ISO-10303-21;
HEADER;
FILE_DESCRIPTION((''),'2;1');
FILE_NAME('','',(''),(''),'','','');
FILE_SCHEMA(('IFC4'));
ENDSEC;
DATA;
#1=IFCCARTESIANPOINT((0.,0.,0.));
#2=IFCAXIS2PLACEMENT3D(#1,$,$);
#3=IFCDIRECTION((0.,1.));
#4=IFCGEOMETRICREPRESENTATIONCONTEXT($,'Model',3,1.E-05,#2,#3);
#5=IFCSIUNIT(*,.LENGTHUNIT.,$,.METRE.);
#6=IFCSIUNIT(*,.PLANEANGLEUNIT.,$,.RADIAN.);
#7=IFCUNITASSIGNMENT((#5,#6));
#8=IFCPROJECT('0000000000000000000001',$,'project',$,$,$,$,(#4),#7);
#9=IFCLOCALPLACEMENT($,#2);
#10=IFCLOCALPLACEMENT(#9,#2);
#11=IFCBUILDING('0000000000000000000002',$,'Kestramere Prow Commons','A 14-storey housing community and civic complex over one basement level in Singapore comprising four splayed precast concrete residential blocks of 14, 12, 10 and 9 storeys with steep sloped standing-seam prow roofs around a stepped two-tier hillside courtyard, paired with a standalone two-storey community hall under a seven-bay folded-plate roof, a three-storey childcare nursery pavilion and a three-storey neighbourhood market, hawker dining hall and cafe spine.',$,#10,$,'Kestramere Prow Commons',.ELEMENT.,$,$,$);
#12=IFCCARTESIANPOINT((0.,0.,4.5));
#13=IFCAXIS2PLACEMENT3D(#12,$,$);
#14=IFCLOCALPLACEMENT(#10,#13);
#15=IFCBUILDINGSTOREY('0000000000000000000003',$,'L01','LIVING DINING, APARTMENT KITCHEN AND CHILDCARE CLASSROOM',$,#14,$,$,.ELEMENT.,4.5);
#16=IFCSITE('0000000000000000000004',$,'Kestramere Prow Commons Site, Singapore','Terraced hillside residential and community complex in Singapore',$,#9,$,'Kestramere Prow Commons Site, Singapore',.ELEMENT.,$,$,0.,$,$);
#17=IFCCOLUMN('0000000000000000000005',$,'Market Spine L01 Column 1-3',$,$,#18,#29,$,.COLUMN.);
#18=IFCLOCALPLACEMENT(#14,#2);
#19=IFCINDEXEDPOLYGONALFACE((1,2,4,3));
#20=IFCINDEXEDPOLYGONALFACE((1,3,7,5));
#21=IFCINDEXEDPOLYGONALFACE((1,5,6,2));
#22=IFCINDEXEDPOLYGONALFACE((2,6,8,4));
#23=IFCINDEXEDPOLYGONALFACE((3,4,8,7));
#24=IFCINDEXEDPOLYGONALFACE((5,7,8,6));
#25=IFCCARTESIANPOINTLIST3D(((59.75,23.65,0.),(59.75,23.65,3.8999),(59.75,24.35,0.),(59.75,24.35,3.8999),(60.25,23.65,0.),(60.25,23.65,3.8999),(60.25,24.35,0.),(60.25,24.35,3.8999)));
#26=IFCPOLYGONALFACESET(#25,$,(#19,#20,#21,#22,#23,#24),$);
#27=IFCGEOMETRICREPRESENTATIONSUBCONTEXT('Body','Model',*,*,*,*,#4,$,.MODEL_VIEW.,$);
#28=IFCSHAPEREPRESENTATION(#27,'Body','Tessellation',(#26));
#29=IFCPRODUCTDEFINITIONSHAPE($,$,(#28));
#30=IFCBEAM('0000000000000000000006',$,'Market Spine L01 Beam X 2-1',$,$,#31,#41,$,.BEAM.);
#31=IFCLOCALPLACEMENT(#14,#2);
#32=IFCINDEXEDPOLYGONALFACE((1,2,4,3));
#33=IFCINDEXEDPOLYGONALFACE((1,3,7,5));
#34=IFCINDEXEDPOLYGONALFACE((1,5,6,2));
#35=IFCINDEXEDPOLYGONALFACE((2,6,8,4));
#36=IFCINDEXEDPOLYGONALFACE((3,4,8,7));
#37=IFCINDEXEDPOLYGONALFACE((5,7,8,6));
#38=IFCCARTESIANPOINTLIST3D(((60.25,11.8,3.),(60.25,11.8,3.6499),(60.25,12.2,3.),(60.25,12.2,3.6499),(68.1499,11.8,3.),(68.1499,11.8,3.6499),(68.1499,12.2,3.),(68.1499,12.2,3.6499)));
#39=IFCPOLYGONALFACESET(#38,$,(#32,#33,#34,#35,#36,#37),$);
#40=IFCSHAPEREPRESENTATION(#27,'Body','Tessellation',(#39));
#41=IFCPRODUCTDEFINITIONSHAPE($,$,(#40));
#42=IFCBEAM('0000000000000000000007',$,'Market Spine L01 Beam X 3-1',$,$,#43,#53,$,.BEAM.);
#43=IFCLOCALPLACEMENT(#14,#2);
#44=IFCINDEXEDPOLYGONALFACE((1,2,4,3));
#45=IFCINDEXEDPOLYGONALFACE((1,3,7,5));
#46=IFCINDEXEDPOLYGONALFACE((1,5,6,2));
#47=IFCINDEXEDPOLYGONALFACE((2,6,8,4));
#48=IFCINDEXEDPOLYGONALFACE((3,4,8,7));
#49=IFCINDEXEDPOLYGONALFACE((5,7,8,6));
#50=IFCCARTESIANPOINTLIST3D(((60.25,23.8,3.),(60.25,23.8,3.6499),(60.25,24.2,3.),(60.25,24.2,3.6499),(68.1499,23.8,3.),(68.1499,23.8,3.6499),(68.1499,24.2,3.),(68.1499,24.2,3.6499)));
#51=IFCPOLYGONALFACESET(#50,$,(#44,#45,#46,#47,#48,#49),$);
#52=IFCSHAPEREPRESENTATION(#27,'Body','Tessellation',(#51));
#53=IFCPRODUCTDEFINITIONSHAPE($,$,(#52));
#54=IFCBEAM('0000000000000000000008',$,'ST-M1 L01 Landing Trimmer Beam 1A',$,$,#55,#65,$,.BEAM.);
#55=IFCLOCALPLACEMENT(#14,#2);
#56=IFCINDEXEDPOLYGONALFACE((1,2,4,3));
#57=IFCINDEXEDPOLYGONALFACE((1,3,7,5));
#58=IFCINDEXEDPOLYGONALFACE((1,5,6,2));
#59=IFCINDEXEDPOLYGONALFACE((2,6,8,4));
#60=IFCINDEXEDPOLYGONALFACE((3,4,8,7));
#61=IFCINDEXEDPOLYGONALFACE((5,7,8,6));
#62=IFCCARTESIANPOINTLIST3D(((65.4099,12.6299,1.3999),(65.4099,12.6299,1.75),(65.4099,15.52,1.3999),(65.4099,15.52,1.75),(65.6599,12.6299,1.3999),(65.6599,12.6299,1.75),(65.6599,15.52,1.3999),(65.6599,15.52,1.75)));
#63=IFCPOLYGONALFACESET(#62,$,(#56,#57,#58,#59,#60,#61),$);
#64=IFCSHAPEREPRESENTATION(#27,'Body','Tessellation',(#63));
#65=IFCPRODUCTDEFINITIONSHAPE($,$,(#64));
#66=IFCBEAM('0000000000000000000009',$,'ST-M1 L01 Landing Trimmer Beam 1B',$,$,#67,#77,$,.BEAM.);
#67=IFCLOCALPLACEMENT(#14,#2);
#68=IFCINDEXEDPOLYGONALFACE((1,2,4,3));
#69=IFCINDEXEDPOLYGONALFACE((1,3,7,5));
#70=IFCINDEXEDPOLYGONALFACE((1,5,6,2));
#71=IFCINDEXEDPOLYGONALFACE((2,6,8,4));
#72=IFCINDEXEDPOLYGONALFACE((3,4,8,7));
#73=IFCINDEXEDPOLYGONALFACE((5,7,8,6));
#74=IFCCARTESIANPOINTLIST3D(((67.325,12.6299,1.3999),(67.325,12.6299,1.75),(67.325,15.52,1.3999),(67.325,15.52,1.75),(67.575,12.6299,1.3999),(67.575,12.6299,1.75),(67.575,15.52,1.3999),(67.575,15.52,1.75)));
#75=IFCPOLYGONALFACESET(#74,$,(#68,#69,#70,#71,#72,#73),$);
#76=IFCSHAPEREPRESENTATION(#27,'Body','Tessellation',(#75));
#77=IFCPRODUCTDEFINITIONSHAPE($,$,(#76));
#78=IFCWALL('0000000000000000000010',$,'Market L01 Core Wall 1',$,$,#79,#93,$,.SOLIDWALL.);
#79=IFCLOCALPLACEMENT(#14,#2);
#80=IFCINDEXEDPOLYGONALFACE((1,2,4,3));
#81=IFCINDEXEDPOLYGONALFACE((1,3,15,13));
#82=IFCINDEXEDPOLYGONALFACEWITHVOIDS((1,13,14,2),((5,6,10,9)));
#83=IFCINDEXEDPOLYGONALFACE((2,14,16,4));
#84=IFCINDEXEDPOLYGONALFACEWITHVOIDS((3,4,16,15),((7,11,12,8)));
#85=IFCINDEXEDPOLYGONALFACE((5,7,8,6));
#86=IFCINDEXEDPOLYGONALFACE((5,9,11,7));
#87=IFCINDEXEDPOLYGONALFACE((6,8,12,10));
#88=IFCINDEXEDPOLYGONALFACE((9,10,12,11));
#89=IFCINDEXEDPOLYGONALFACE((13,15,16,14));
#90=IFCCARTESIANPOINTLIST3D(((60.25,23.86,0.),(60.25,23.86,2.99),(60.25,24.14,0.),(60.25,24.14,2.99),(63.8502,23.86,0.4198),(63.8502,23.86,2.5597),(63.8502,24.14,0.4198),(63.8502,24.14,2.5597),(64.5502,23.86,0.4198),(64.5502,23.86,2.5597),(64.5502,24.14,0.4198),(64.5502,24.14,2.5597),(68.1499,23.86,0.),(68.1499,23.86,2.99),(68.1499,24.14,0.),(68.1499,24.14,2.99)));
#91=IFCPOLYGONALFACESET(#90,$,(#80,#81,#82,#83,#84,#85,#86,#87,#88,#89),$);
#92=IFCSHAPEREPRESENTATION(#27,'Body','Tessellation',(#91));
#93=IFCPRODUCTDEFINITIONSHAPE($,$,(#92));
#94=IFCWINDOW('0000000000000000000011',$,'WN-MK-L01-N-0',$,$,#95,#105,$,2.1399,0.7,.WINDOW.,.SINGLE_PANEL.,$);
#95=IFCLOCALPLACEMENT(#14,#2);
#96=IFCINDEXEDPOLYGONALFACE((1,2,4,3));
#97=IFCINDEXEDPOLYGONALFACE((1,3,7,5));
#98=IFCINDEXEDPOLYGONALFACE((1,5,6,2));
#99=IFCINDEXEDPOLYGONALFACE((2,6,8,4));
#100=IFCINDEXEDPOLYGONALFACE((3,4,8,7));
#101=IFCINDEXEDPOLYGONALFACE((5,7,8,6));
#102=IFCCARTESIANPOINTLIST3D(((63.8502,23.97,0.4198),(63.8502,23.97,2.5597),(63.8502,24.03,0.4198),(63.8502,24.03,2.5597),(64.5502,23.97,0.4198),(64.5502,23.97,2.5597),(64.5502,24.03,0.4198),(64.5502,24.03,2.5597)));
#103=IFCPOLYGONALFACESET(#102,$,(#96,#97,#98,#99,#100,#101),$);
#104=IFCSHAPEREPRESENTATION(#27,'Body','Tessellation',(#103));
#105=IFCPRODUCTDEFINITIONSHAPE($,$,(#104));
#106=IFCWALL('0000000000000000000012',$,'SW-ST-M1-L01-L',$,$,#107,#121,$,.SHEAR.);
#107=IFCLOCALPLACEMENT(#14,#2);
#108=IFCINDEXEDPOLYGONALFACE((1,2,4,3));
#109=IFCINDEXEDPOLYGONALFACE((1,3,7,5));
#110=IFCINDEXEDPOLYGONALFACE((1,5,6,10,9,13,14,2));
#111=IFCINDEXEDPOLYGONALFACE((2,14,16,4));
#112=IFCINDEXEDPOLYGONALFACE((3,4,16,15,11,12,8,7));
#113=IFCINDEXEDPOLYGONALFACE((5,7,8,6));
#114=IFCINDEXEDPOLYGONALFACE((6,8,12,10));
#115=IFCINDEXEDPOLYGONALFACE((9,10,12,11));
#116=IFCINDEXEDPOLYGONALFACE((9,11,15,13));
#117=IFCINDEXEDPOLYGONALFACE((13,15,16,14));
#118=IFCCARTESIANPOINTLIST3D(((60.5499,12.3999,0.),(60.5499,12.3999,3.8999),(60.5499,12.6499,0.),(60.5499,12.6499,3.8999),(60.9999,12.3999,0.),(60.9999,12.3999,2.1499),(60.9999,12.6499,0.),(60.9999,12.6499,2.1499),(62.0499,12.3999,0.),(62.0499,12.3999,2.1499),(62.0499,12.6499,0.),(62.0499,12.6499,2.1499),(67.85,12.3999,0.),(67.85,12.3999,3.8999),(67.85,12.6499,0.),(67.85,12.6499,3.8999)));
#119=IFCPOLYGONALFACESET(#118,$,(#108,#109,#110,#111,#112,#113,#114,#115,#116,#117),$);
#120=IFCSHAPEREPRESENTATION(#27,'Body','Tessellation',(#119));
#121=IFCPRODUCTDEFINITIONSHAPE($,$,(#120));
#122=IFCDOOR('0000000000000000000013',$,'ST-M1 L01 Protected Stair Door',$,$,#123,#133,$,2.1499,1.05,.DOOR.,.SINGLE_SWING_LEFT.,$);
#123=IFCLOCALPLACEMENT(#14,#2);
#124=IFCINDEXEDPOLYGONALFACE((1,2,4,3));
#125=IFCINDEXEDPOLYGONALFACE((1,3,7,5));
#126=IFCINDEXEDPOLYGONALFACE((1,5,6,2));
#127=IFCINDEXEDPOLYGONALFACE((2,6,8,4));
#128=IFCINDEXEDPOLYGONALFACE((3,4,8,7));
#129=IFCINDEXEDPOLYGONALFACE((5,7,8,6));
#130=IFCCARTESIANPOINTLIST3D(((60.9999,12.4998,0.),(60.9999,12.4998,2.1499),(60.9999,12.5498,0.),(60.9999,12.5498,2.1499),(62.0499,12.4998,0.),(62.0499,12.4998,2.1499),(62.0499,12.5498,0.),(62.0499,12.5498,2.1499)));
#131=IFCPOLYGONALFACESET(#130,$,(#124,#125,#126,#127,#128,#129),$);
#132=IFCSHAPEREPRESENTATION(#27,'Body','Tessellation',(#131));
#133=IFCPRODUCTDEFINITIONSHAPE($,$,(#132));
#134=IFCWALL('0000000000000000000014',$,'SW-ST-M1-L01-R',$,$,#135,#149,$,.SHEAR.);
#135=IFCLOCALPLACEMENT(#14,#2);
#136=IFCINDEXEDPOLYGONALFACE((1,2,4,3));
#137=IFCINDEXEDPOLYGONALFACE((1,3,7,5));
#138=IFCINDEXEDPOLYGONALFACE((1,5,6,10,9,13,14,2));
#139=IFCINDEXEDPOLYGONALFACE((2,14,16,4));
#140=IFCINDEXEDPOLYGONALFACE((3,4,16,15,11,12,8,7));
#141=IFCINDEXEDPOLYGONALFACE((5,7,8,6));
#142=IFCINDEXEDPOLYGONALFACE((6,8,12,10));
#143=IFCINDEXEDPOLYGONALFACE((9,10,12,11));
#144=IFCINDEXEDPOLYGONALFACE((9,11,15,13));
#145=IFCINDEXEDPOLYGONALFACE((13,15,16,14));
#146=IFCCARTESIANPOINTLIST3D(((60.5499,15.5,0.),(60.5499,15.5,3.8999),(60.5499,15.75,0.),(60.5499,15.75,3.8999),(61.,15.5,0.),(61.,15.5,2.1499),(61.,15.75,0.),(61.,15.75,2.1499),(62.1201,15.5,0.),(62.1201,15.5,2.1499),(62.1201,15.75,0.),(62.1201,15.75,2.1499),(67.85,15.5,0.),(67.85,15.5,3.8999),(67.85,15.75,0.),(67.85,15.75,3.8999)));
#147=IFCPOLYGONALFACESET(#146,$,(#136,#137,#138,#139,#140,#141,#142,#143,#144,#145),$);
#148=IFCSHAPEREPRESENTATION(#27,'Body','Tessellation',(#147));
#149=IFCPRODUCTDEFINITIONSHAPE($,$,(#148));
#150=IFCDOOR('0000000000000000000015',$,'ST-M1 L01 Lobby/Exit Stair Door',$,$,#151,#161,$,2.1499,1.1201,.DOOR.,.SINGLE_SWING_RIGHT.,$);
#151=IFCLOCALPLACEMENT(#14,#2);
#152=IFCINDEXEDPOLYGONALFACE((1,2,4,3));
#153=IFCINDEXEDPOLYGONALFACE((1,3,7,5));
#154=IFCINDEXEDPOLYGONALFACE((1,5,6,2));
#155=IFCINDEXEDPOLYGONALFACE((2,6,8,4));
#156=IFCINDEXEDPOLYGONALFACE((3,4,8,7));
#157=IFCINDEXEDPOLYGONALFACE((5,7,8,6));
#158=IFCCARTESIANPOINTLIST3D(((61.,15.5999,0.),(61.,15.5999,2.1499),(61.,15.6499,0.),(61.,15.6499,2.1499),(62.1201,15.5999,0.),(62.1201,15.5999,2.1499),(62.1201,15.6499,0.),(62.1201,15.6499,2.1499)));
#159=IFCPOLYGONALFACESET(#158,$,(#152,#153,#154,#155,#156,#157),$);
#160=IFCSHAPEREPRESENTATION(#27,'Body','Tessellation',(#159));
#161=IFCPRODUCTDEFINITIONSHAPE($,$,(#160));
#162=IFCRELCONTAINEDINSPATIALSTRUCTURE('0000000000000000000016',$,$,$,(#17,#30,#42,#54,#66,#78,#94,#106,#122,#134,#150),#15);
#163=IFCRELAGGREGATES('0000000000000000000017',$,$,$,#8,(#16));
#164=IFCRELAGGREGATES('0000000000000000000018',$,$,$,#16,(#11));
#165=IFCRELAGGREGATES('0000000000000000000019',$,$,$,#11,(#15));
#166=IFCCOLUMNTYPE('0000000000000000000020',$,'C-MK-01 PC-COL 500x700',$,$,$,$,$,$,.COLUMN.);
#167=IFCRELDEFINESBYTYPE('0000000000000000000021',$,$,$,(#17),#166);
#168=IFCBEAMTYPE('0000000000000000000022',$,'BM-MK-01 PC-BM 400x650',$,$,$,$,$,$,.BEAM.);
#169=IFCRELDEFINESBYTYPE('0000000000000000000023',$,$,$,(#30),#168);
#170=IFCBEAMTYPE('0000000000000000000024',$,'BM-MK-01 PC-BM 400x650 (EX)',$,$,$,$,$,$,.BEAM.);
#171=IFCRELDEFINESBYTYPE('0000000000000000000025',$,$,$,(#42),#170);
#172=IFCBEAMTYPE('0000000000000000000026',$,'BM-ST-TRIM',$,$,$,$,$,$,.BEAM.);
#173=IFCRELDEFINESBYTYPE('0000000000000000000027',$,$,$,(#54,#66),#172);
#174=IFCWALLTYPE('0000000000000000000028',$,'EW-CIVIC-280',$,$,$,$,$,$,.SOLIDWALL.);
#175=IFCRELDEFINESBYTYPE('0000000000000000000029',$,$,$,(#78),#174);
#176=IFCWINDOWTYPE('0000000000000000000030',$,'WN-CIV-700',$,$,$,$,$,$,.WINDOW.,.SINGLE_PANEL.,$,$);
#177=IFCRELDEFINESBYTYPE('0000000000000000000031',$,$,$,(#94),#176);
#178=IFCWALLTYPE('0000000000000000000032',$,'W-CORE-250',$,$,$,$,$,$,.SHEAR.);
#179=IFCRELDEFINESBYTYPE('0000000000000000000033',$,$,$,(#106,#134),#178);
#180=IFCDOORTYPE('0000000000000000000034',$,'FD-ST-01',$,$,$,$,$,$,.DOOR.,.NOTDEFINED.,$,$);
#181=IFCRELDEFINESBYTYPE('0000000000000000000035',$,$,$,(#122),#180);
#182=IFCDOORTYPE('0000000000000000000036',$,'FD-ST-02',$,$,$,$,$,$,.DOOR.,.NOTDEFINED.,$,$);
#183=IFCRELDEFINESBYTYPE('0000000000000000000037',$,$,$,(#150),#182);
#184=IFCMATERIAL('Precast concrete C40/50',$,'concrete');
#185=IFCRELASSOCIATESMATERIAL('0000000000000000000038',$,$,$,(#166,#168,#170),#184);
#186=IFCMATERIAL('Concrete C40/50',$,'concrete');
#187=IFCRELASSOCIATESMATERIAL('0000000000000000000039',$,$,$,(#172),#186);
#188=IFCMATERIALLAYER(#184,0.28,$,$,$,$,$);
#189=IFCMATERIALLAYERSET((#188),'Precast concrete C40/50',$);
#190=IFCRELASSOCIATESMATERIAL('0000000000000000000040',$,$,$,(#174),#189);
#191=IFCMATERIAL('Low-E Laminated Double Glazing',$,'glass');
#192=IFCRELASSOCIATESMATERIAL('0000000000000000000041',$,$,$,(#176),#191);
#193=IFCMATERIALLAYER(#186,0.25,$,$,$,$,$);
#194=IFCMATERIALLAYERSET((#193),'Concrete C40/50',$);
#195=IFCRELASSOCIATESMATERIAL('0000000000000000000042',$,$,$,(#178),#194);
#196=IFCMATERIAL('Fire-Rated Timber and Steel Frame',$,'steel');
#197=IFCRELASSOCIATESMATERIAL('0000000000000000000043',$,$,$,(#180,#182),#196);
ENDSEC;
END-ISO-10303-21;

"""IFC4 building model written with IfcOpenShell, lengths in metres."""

from ifc_helpers import new_model, si_unit, direction, frame, frame_2d, origin, origin_2d, place, context, subcontext, project, spatial, rectangle, extrude, material, layer, layer_set, material_profile, profile_set, type_object, element, fill, save


model = new_model("IFC4")

# Units and contexts
model_context = context("Model", 3, precision=1e-05, world=origin(), true_north=direction((0.0, 1.0)))
body_context = subcontext(model_context, "Body", "Model", "MODEL_VIEW")
ifc_project = project(units=[si_unit("LENGTHUNIT", "METRE"), si_unit("PLANEANGLEUNIT", "RADIAN")], contexts=[model_context])

# Site, building, storey
site_placement = place(None, origin())
site = spatial("IfcSite", under=ifc_project, at=site_placement, Name="Kestramere Prow Commons Site, Singapore", Description="Terraced hillside residential and community complex in Singapore", LongName="Kestramere Prow Commons Site, Singapore", CompositionType="ELEMENT", RefElevation=0.0)
building_placement = place(site_placement, origin())
building = spatial("IfcBuilding", under=site, at=building_placement, Name="Kestramere Prow Commons", Description="A 14-storey housing community and civic complex over one basement level in Singapore comprising four splayed precast concrete residential blocks of 14, 12, 10 and 9 storeys with steep sloped standing-seam prow roofs around a stepped two-tier hillside courtyard, paired with a standalone two-storey community hall under a seven-bay folded-plate roof, a three-storey childcare nursery pavilion and a three-storey neighbourhood market, hawker dining hall and cafe spine.", LongName="Kestramere Prow Commons", CompositionType="ELEMENT")
storey_placement = place(building_placement, frame((0.0, 0.0, 4.5)))
storey = spatial("IfcBuildingStorey", under=building, at=storey_placement, Name="L01", Description="LIVING DINING, APARTMENT KITCHEN AND CHILDCARE CLASSROOM", CompositionType="ELEMENT", Elevation=4.5)

# Column
ifc_material_1 = material(Name="Precast concrete C40/50", Category="concrete")
ifc_material_profile_1 = material_profile(ifc_material_1, rectangle(XDim=0.5, YDim=0.7, at=origin_2d()), Name="PC-COL 500x700")
ifc_profile_set_1 = profile_set([ifc_material_profile_1], Name="Precast concrete C40/50")
column_type = type_object("IfcColumnType", Name="C-MK-01 PC-COL 500x700", PredefinedType="COLUMN", material=ifc_profile_set_1)
column_placement = place(storey_placement, frame((60.0, 24.0, 0.0), z_axis=(0.0, 0.0, 1.0), x_axis=(1.0, 0.0, 0.0)))
element("IfcColumn", 1, at=column_placement, inside=storey, type_object=column_type, Name="Market Spine L01 Column 1-3", PredefinedType="COLUMN", context=body_context, shape_type="SweptSolid", body=[
    extrude(rectangle(XDim=0.5, YDim=0.7, at=origin_2d()), origin(), (0.0, 0.0, 1.0), 3.8999),
])

# Beams
ifc_material_profile_2 = material_profile(ifc_material_1, rectangle(XDim=0.3999, YDim=0.6499, at=origin_2d()), Name="PC-BM 400x650")
ifc_profile_set_2 = profile_set([ifc_material_profile_2], Name="Precast concrete C40/50")
beam_type_1 = type_object("IfcBeamType", Name="BM-MK-01 PC-BM 400x650", PredefinedType="BEAM", material=ifc_profile_set_2)
beam_1_placement = place(storey_placement, frame((60.25, 12.0, 3.325), z_axis=(1.0, 0.0, 0.0), x_axis=(0.0, 1.0, 0.0)))
element("IfcBeam", 2, at=beam_1_placement, inside=storey, type_object=beam_type_1, Name="Market Spine L01 Beam X 2-1", PredefinedType="BEAM", context=body_context, shape_type="SweptSolid", body=[
    extrude(rectangle(XDim=0.3999, YDim=0.6499, at=origin_2d()), origin(), (0.0, 0.0, 1.0), 7.8999),
])
ifc_material_profile_3 = material_profile(ifc_material_1, rectangle(XDim=0.3999, YDim=0.6499, at=origin_2d()), Name="PC-BM 400x650")
ifc_profile_set_3 = profile_set([ifc_material_profile_3], Name="Precast concrete C40/50")
beam_type_2 = type_object("IfcBeamType", Name="BM-MK-01 PC-BM 400x650 (EX)", PredefinedType="BEAM", material=ifc_profile_set_3)
beam_2_placement = place(storey_placement, frame((60.25, 24.0, 3.325), z_axis=(1.0, 0.0, 0.0), x_axis=(0.0, 1.0, 0.0)))
element("IfcBeam", 3, at=beam_2_placement, inside=storey, type_object=beam_type_2, Name="Market Spine L01 Beam X 3-1", PredefinedType="BEAM", context=body_context, shape_type="SweptSolid", body=[
    extrude(rectangle(XDim=0.3999, YDim=0.6499, at=origin_2d()), origin(), (0.0, 0.0, 1.0), 7.8999),
])
ifc_material_2 = material(Name="Concrete C40/50", Category="concrete")
ifc_material_profile_4 = material_profile(ifc_material_2, rectangle(XDim=0.25, YDim=0.3501, at=origin_2d()), Name="PC-BM 250x350")
ifc_profile_set_4 = profile_set([ifc_material_profile_4], Name="Concrete C40/50")
beam_type_3 = type_object("IfcBeamType", Name="BM-ST-TRIM", PredefinedType="BEAM", material=ifc_profile_set_4)
for number, where, z_axis, x_axis, name in (
    (4, (65.5349, 12.6299, 1.575), (0.0, 1.0, 0.0), (-1.0, 0.0, 0.0), "ST-M1 L01 Landing Trimmer Beam 1A"),
    (5, (67.45, 12.6299, 1.575), (0.0, 1.0, 0.0), (-1.0, 0.0, 0.0), "ST-M1 L01 Landing Trimmer Beam 1B"),
):
    element("IfcBeam", number, at=place(storey_placement, frame(where, z_axis=z_axis, x_axis=x_axis)), inside=storey, type_object=beam_type_3, Name=name, PredefinedType="BEAM", context=body_context, shape_type="SweptSolid", body=[
        extrude(rectangle(XDim=0.25, YDim=0.3501, at=origin_2d()), origin(), (0.0, 0.0, 1.0), 2.8901),
    ])

# Wall, opening, window
ifc_layer_1 = layer(ifc_material_1, 0.28)
ifc_layer_set_1 = layer_set([ifc_layer_1], Name="Precast concrete C40/50")
wall_type_1 = type_object("IfcWallType", Name="EW-CIVIC-280", PredefinedType="SOLIDWALL", material=ifc_layer_set_1)
wall_1_placement = place(storey_placement, frame((60.25, 24.0, 0.0), z_axis=(0.0, 0.0, 1.0), x_axis=(1.0, 0.0, 0.0)))
wall_1 = element("IfcWall", 6, at=wall_1_placement, inside=storey, type_object=wall_type_1, Name="Market L01 Core Wall 1", PredefinedType="SOLIDWALL", context=body_context, shape_type="SweptSolid", body=[
    extrude(rectangle(XDim=7.8999, YDim=0.28, at=frame_2d((3.95, 0.0))), origin(), (0.0, 0.0, 1.0), 2.99),
])
opening_1_placement = place(wall_1_placement, frame((3.6001, 0.0, 0.4199)))
opening_1 = element("IfcOpeningElement", 7, at=opening_1_placement, cuts=wall_1, PredefinedType="OPENING", context=body_context, shape_type="SweptSolid", body=[
    extrude(rectangle(XDim=0.7, YDim=2.1399, at=frame_2d((0.3501, 1.0698))), frame((0.0, 0.155, 0.0), z_axis=(0.0, -1.0, 0.0), x_axis=(1.0, 0.0, 0.0)), (0.0, 0.0, 1.0), 0.3101),
])
ifc_material_3 = material(Name="Low-E Laminated Double Glazing", Category="glass")
window_type = type_object("IfcWindowType", Name="WN-CIV-700", PartitioningType="SINGLE_PANEL", PredefinedType="WINDOW", material=ifc_material_3)
window_placement = place(opening_1_placement, origin())
window = element("IfcWindow", 8, at=window_placement, inside=storey, type_object=window_type, Name="WN-MK-L01-N-0", OverallHeight=2.1399, OverallWidth=0.7, PartitioningType="SINGLE_PANEL", PredefinedType="WINDOW", context=body_context, shape_type="SweptSolid", body=[
    extrude(rectangle(XDim=0.7, YDim=2.1399, at=frame_2d((0.3501, 1.0698))), frame((0.0, 0.03, 0.0), z_axis=(0.0, -1.0, 0.0), x_axis=(1.0, 0.0, 0.0)), (0.0, 0.0, 1.0), 0.0601),
])
fill(opening_1, window)

# Walls, openings, doors
ifc_layer_2 = layer(ifc_material_2, 0.25)
ifc_layer_set_2 = layer_set([ifc_layer_2], Name="Concrete C40/50")
wall_type_2 = type_object("IfcWallType", Name="W-CORE-250", PredefinedType="SHEAR", material=ifc_layer_set_2)
wall_2_placement = place(storey_placement, frame((60.55, 12.5249, 0.0), z_axis=(0.0, 0.0, 1.0), x_axis=(1.0, 0.0, 0.0)))
wall_2 = element("IfcWall", 9, at=wall_2_placement, inside=storey, type_object=wall_type_2, Name="SW-ST-M1-L01-L", PredefinedType="SHEAR", context=body_context, shape_type="SweptSolid", body=[
    extrude(rectangle(XDim=7.3, YDim=0.25, at=frame_2d((3.6499, 0.0))), origin(), (0.0, 0.0, 1.0), 3.8999),
])
opening_2_placement = place(wall_2_placement, frame((0.45, 0.0, 0.0)))
opening_2 = element("IfcOpeningElement", 10, at=opening_2_placement, cuts=wall_2, PredefinedType="OPENING", context=body_context, shape_type="SweptSolid", body=[
    extrude(rectangle(XDim=1.05, YDim=2.1499, at=frame_2d((0.5249, 1.075))), frame((0.0, 0.1399, 0.0), z_axis=(0.0, -1.0, 0.0), x_axis=(1.0, 0.0, 0.0)), (0.0, 0.0, 1.0), 0.28),
])
ifc_material_4 = material(Name="Fire-Rated Timber and Steel Frame", Category="steel")
door_type_1 = type_object("IfcDoorType", Name="FD-ST-01", OperationType="NOTDEFINED", PredefinedType="DOOR", material=ifc_material_4)
door_1_placement = place(opening_2_placement, origin())
door_1 = element("IfcDoor", 11, at=door_1_placement, inside=storey, type_object=door_type_1, Name="ST-M1 L01 Protected Stair Door", OperationType="SINGLE_SWING_LEFT", OverallHeight=2.1499, OverallWidth=1.05, PredefinedType="DOOR", context=body_context, shape_type="SweptSolid", body=[
    extrude(rectangle(XDim=1.05, YDim=2.1499, at=frame_2d((0.5249, 1.075))), frame((0.0, 0.0249, 0.0), z_axis=(0.0, -1.0, 0.0), x_axis=(1.0, 0.0, 0.0)), (0.0, 0.0, 1.0), 0.05),
])
fill(opening_2, door_1)
wall_3_placement = place(storey_placement, frame((60.55, 15.625, 0.0), z_axis=(0.0, 0.0, 1.0), x_axis=(1.0, 0.0, 0.0)))
wall_3 = element("IfcWall", 12, at=wall_3_placement, inside=storey, type_object=wall_type_2, Name="SW-ST-M1-L01-R", PredefinedType="SHEAR", context=body_context, shape_type="SweptSolid", body=[
    extrude(rectangle(XDim=7.3, YDim=0.25, at=frame_2d((3.6499, 0.0))), origin(), (0.0, 0.0, 1.0), 3.8999),
])
opening_3_placement = place(wall_3_placement, frame((0.45, 0.0, 0.0)))
opening_3 = element("IfcOpeningElement", 13, at=opening_3_placement, cuts=wall_3, PredefinedType="OPENING", context=body_context, shape_type="SweptSolid", body=[
    extrude(rectangle(XDim=1.1201, YDim=2.1499, at=frame_2d((0.5601, 1.075))), frame((0.0, 0.1399, 0.0), z_axis=(0.0, -1.0, 0.0), x_axis=(1.0, 0.0, 0.0)), (0.0, 0.0, 1.0), 0.28),
])
door_type_2 = type_object("IfcDoorType", Name="FD-ST-02", OperationType="NOTDEFINED", PredefinedType="DOOR", material=ifc_material_4)
door_2_placement = place(opening_3_placement, origin())
door_2 = element("IfcDoor", 14, at=door_2_placement, inside=storey, type_object=door_type_2, Name="ST-M1 L01 Lobby/Exit Stair Door", OperationType="SINGLE_SWING_RIGHT", OverallHeight=2.1499, OverallWidth=1.1201, PredefinedType="DOOR", context=body_context, shape_type="SweptSolid", body=[
    extrude(rectangle(XDim=1.1201, YDim=2.1499, at=frame_2d((0.5601, 1.075))), frame((0.0, 0.0249, 0.0), z_axis=(0.0, -1.0, 0.0), x_axis=(1.0, 0.0, 0.0)), (0.0, 0.0, 1.0), 0.05),
])
fill(opening_3, door_2)

save(model, "model.ifc")
